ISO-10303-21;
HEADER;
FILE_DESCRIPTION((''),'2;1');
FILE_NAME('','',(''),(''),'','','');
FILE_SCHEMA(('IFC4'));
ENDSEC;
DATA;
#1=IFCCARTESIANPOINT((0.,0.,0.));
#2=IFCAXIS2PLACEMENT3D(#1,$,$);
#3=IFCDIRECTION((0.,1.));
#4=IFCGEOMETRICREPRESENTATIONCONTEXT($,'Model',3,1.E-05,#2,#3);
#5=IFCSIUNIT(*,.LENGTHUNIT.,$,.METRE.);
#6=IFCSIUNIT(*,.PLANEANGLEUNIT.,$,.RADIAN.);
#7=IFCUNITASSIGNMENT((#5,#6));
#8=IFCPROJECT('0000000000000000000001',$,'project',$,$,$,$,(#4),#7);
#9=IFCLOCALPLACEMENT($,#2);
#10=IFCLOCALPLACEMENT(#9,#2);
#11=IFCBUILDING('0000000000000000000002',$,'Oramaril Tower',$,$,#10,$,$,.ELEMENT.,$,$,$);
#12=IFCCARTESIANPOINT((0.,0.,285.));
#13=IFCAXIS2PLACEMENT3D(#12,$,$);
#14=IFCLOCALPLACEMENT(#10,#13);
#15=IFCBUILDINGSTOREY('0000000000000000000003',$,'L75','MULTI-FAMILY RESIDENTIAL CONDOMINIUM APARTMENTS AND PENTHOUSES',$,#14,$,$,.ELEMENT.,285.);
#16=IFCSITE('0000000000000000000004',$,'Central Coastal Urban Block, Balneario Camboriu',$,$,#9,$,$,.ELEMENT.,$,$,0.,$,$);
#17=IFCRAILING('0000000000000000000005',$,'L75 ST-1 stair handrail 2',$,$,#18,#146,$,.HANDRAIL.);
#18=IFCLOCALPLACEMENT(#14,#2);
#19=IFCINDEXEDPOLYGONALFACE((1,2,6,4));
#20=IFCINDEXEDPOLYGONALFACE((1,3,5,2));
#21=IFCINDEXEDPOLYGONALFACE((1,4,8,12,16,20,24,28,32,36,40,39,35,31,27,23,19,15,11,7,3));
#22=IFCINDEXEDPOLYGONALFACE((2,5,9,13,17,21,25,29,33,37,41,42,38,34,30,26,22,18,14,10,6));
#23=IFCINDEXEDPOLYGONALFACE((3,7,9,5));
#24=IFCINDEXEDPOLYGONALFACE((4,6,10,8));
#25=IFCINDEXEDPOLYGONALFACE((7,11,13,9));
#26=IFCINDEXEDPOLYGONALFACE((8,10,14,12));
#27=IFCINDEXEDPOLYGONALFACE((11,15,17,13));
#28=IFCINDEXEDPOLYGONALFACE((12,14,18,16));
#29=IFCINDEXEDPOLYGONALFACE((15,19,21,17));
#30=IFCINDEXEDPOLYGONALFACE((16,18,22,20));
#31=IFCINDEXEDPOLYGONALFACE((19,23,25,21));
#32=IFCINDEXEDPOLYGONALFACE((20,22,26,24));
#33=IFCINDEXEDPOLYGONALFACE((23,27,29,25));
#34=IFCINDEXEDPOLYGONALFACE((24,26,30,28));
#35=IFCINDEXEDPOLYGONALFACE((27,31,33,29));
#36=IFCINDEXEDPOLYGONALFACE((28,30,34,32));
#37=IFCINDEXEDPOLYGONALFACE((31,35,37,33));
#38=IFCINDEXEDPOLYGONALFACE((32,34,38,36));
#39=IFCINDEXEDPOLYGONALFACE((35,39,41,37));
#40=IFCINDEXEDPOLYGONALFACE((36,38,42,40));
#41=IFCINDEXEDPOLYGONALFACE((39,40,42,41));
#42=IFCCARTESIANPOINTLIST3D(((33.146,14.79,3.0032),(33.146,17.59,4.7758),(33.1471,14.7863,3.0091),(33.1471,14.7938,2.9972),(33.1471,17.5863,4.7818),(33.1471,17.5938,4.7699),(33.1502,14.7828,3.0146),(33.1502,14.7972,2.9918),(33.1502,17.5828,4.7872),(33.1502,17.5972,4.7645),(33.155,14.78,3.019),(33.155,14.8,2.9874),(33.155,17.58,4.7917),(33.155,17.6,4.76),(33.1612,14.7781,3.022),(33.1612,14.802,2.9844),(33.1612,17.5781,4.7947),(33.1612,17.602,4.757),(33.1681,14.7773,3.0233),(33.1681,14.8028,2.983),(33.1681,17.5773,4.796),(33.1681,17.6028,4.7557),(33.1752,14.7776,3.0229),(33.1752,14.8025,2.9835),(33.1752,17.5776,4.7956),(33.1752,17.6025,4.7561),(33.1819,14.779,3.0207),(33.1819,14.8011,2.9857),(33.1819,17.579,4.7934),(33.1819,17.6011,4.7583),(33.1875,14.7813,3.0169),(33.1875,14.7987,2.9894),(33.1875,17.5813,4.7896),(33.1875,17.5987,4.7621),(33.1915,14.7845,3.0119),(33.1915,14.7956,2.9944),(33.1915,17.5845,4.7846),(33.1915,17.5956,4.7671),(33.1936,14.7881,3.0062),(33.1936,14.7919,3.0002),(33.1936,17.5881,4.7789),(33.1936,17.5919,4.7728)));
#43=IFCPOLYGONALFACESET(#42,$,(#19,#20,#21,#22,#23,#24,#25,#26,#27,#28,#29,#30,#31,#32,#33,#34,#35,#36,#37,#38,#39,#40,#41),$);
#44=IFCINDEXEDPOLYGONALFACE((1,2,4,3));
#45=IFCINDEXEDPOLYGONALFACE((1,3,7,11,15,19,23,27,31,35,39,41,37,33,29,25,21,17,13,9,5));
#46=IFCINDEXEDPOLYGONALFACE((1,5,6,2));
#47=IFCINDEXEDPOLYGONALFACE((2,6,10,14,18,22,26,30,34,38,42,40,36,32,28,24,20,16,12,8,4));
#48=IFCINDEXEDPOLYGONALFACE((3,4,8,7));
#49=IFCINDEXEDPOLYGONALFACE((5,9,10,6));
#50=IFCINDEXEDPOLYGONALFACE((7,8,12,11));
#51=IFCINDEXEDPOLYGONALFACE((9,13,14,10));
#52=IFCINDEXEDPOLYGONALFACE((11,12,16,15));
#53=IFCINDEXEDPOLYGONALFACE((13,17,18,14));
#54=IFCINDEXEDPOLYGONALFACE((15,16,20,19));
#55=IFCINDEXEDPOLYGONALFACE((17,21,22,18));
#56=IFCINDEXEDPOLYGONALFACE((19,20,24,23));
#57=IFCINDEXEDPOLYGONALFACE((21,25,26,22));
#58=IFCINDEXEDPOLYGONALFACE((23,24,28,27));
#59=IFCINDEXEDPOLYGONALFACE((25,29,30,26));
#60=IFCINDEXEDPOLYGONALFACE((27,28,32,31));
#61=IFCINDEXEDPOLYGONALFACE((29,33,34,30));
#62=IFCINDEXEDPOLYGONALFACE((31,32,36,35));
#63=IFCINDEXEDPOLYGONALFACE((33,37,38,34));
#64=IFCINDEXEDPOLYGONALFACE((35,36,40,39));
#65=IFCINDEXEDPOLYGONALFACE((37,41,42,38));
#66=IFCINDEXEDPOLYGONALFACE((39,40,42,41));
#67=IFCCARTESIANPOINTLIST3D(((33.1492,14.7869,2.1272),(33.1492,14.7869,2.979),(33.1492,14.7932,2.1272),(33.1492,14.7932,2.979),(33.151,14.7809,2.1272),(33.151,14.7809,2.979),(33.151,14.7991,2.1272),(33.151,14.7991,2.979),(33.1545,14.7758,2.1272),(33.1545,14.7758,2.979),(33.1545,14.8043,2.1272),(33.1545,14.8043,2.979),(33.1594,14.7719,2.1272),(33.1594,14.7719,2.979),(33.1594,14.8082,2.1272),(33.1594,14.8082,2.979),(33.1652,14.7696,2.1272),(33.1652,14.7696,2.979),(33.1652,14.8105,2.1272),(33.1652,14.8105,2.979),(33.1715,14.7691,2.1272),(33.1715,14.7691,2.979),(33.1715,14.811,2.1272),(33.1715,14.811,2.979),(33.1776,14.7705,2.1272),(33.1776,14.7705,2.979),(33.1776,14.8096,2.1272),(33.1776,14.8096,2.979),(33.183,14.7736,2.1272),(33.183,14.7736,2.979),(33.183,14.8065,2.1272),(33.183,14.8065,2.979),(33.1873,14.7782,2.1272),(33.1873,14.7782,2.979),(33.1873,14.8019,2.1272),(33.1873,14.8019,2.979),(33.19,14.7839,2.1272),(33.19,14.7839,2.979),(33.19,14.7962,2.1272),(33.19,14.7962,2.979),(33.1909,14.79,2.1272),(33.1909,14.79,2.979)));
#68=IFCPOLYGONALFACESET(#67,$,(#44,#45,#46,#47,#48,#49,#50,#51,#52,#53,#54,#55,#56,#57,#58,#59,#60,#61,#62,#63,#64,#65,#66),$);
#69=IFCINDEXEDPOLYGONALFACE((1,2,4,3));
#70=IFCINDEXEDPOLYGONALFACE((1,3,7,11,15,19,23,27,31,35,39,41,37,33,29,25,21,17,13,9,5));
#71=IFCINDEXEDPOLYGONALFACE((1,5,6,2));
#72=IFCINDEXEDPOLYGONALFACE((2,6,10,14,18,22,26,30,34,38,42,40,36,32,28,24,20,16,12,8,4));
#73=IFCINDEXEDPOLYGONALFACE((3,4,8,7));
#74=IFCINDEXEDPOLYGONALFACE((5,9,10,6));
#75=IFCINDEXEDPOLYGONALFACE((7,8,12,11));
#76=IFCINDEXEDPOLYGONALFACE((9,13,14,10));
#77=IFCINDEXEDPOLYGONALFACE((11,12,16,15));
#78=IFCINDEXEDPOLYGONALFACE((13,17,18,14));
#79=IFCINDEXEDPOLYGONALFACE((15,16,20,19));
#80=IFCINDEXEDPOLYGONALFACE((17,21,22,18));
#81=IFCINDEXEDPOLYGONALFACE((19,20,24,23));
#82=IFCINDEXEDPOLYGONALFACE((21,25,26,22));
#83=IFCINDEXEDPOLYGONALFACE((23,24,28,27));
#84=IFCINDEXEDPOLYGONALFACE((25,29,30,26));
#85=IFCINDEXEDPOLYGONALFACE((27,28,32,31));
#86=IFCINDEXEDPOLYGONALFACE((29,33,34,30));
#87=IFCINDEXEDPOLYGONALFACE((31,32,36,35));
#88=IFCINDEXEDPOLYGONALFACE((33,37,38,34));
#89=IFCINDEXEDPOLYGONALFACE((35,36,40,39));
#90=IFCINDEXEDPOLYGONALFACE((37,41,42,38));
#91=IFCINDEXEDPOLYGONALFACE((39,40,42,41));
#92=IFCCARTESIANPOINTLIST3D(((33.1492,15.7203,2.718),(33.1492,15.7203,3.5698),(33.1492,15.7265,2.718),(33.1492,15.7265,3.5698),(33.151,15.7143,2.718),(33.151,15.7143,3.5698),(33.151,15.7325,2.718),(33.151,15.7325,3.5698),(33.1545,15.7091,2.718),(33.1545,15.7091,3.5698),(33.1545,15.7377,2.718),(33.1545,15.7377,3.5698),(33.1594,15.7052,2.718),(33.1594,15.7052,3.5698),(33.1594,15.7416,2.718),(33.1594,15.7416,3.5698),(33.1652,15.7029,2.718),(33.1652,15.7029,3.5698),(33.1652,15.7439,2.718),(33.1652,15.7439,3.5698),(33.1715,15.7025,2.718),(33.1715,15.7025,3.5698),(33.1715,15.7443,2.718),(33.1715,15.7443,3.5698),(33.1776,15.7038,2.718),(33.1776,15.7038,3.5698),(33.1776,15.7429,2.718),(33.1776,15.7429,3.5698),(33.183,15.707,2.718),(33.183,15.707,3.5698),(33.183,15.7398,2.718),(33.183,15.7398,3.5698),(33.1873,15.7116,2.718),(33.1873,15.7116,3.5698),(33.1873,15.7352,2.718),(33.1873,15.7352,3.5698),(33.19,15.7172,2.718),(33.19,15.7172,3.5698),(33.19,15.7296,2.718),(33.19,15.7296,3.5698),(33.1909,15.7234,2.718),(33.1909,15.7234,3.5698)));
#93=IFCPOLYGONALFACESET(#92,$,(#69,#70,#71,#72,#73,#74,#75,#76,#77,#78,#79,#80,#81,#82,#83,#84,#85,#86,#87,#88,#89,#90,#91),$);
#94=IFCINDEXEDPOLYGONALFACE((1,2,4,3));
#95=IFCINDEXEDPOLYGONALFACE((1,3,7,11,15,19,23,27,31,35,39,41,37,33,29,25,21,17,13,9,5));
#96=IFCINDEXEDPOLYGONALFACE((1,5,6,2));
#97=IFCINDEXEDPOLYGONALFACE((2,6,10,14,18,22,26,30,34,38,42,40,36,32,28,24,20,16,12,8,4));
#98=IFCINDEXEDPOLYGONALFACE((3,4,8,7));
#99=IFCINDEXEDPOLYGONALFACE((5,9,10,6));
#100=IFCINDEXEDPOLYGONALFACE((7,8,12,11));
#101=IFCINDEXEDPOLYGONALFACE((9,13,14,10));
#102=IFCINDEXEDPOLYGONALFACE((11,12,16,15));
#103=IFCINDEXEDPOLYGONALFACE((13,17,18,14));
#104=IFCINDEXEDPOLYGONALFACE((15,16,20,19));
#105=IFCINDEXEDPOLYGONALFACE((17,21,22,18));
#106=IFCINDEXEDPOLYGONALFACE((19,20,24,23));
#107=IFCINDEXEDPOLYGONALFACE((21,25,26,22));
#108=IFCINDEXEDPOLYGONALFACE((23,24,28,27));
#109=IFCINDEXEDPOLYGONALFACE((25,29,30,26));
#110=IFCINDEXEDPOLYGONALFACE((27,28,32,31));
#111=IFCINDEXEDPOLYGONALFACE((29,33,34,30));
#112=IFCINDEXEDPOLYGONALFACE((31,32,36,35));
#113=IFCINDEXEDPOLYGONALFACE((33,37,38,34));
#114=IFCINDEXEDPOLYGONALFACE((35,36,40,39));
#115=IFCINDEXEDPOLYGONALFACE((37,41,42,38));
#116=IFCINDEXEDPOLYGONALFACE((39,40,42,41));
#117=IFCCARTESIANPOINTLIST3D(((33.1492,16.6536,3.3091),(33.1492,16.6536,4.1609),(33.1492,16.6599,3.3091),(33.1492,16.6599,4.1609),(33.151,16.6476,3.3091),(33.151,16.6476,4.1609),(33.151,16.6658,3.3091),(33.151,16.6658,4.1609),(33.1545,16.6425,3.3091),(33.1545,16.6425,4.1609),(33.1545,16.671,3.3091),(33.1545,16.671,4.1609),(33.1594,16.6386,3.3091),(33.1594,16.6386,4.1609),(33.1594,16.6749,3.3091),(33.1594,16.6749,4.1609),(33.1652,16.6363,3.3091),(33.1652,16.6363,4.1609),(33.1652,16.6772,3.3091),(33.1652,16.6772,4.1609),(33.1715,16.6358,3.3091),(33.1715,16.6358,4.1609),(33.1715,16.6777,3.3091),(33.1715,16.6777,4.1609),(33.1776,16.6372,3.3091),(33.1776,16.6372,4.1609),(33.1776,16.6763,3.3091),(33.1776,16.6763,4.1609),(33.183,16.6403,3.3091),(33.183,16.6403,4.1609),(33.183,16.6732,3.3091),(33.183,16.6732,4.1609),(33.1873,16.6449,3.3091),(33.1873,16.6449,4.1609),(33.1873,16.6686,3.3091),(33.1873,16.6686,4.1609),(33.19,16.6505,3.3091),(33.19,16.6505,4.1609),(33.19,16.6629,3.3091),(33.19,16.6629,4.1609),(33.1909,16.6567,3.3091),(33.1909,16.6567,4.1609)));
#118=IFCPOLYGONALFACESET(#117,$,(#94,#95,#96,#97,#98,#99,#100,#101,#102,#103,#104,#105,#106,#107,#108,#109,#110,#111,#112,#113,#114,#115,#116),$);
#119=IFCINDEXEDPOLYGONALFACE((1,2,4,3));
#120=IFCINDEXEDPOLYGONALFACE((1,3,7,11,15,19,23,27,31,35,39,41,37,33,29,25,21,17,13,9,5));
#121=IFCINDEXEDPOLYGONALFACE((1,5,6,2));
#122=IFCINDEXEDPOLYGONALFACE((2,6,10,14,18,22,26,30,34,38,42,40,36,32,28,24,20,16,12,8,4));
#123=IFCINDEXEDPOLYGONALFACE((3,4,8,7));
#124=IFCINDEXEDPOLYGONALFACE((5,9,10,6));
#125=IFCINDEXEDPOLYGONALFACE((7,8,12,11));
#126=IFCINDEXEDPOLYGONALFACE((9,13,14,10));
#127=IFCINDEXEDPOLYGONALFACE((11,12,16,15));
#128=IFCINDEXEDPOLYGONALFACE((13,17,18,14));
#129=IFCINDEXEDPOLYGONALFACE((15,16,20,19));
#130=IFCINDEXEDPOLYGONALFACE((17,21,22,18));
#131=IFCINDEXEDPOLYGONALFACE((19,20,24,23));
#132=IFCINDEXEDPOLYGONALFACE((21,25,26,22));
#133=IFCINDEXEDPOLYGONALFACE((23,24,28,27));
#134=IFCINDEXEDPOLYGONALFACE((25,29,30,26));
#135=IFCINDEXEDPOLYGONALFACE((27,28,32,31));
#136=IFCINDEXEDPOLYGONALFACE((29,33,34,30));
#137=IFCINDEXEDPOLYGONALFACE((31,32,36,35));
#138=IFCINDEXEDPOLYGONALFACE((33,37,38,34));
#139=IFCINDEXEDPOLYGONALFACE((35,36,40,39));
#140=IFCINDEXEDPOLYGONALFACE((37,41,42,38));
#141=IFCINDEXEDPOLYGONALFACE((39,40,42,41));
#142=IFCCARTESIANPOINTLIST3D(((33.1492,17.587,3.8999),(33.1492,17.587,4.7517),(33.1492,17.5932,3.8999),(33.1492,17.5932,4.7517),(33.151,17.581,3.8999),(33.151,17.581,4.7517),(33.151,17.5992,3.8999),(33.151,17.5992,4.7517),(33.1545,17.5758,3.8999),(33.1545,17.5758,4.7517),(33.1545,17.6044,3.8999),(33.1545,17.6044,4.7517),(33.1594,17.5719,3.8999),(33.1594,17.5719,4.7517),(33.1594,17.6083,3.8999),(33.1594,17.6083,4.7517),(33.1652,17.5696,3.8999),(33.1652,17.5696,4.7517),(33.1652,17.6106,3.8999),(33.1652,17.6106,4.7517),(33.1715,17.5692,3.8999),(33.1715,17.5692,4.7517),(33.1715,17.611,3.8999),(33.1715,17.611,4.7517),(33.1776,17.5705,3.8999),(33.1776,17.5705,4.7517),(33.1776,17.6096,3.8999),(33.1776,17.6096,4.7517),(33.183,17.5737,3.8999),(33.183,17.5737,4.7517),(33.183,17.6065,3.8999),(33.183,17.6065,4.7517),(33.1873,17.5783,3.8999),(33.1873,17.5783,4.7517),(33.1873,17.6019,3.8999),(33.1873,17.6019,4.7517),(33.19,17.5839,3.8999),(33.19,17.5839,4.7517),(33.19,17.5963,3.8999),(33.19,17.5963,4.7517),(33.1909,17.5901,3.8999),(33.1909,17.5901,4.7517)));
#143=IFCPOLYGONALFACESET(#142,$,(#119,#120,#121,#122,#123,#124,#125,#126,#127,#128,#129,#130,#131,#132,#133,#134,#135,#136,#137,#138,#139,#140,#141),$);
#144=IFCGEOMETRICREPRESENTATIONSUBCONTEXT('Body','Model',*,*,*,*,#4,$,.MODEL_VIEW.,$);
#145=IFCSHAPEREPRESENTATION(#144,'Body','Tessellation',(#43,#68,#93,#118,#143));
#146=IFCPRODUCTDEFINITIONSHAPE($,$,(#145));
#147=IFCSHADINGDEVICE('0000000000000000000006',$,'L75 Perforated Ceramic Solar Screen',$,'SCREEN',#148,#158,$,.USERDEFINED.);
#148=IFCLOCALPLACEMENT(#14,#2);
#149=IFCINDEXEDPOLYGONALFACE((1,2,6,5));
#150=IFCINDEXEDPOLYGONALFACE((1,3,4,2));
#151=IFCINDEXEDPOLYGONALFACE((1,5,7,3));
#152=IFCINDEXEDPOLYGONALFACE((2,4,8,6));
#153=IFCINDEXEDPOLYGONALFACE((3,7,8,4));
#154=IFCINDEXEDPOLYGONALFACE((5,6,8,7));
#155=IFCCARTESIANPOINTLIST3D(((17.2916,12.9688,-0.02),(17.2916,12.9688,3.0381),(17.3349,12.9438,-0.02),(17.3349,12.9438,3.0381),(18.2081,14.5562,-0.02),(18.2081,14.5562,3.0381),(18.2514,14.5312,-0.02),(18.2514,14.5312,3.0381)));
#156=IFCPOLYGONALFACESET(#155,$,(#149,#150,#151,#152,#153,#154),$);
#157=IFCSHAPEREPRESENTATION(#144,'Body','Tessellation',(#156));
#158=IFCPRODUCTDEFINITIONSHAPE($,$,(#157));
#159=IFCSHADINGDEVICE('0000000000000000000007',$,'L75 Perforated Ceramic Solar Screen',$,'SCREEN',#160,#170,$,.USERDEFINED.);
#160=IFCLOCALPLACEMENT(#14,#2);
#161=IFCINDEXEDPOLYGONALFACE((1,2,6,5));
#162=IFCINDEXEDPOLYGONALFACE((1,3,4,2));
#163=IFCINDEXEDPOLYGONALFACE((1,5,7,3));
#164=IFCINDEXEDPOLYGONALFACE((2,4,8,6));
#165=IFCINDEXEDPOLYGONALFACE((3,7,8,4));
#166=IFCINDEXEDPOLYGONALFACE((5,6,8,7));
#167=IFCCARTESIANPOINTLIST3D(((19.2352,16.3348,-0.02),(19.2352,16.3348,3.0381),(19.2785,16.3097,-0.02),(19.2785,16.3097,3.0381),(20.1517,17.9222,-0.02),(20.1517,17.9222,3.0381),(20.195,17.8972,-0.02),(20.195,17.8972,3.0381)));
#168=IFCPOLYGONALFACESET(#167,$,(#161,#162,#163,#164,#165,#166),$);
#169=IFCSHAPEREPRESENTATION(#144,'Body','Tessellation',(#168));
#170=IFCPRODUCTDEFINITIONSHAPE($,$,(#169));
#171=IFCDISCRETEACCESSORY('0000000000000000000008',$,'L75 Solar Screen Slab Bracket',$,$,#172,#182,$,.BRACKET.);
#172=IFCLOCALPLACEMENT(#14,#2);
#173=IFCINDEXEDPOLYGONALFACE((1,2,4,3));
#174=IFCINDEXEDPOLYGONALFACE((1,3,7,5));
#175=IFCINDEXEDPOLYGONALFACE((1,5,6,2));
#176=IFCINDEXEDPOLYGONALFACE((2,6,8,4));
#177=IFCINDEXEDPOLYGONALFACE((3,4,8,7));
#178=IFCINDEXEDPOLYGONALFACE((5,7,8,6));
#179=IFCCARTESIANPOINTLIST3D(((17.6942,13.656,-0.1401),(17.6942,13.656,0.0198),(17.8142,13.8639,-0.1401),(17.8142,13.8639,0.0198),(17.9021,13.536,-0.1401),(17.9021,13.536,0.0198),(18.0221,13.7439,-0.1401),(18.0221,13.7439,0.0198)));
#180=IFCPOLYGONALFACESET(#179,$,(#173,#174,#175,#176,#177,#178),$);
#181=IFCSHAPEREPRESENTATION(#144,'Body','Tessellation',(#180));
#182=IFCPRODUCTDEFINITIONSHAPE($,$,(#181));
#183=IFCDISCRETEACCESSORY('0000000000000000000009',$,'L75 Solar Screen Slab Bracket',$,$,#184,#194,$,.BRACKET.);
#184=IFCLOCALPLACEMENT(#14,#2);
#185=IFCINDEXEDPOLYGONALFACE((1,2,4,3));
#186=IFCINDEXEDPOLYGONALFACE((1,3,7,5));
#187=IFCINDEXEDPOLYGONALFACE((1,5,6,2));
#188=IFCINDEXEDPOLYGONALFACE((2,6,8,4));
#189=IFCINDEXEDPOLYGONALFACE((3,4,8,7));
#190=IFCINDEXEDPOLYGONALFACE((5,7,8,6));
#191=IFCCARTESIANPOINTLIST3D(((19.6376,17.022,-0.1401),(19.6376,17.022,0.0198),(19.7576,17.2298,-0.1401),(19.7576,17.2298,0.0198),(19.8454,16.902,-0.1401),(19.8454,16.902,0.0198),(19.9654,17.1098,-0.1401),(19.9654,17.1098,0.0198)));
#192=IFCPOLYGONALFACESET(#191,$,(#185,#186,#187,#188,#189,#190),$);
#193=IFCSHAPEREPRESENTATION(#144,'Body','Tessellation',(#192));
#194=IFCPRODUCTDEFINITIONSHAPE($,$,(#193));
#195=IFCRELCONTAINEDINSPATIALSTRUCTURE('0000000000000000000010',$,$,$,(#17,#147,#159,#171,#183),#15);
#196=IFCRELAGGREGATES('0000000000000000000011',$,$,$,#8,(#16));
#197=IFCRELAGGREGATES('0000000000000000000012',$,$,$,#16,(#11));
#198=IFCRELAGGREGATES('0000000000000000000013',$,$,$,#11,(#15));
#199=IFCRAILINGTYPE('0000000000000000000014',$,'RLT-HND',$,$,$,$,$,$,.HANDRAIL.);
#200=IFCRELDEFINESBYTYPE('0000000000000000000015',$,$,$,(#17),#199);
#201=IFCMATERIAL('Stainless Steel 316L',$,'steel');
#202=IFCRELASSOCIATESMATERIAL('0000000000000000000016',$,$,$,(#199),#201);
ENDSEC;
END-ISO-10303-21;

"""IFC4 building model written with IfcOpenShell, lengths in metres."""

from ifc_helpers import new_model, si_unit, direction, frame, origin, origin_2d, place, context, subcontext, project, spatial, rectangle, circle, extrude, material, type_object, element, save


model = new_model("IFC4")

# Units and contexts
model_context = context("Model", 3, precision=1e-05, world=origin(), true_north=direction((0.0, 1.0)))
body_context = subcontext(model_context, "Body", "Model", "MODEL_VIEW")
ifc_project = project(units=[si_unit("LENGTHUNIT", "METRE"), si_unit("PLANEANGLEUNIT", "RADIAN")], contexts=[model_context])

# Site, building, storey
site_placement = place(None, origin())
site = spatial("IfcSite", under=ifc_project, at=site_placement, Name="Central Coastal Urban Block, Balneario Camboriu", CompositionType="ELEMENT", RefElevation=0.0)
building_placement = place(site_placement, origin())
building = spatial("IfcBuilding", under=site, at=building_placement, Name="Oramaril Tower", CompositionType="ELEMENT")
storey_placement = place(building_placement, frame((0.0, 0.0, 285.0)))
storey = spatial("IfcBuildingStorey", under=building, at=storey_placement, Name="L75", Description="MULTI-FAMILY RESIDENTIAL CONDOMINIUM APARTMENTS AND PENTHOUSES", CompositionType="ELEMENT", Elevation=285.0)

# Railing
ifc_material_1 = material(Name="Stainless Steel 316L", Category="steel")
railing_type_1 = type_object("IfcRailingType", Name="RLT-HND", PredefinedType="HANDRAIL", material=ifc_material_1)
railing_1_placement = place(storey_placement, frame((33.1699, 14.79, 2.1272)))
element("IfcRailing", 1, at=railing_1_placement, inside=storey, type_object=railing_type_1, Name="L75 ST-1 stair handrail 2", PredefinedType="HANDRAIL", context=body_context, shape_type="SweptSolid", body=[
    extrude(circle(Radius=0.0239, at=origin_2d()), frame((0.0, 0.0, 0.876), z_axis=(0.0, 0.844909, 0.53491), x_axis=(-1.0, 0.0, 0.0)), (0.0, 0.0, 1.0), 3.314),
    extrude(circle(Radius=0.021, at=origin_2d()), origin(), (0.0, 0.0, 1.0), 0.8518),
    extrude(circle(Radius=0.021, at=origin_2d()), frame((0.0, 0.9333, 0.5908)), (0.0, 0.0, 1.0), 0.8518),
    extrude(circle(Radius=0.021, at=origin_2d()), frame((0.0, 1.8667, 1.1819)), (0.0, 0.0, 1.0), 0.8518),
    extrude(circle(Radius=0.021, at=origin_2d()), frame((0.0, 2.8, 1.7727)), (0.0, 0.0, 1.0), 0.8518),
])

# Shading devices
for number, where, z_axis, x_axis, name in (
    (2, (17.7715, 13.75, -0.02), (0.0, 0.0, 1.0), (-0.5, -0.866025, 0.0), "L75 Perforated Ceramic Solar Screen"),
    (3, (19.7151, 17.116, -0.02), (0.0, 0.0, 1.0), (-0.5, -0.866025, 0.0), "L75 Perforated Ceramic Solar Screen"),
):
    element("IfcShadingDevice", number, at=place(storey_placement, frame(where, z_axis=z_axis, x_axis=x_axis)), inside=storey, Name=name, ObjectType="SCREEN", PredefinedType="USERDEFINED", context=body_context, shape_type="SweptSolid", body=[
        extrude(rectangle(XDim=1.833, YDim=0.05, at=origin_2d()), origin(), (0.0, 0.0, 1.0), 3.0581),
    ])

# Discrete accessories
for number, where, z_axis, x_axis, name in (
    (4, (17.8582, 13.7, -0.1401), (0.0, 0.0, 1.0), (-0.5, -0.866025, 0.0), "L75 Solar Screen Slab Bracket"),
    (5, (19.8015, 17.0659, -0.1401), (0.0, 0.0, 1.0), (-0.5, -0.866025, 0.0), "L75 Solar Screen Slab Bracket"),
):
    element("IfcDiscreteAccessory", number, at=place(storey_placement, frame(where, z_axis=z_axis, x_axis=x_axis)), inside=storey, Name=name, PredefinedType="BRACKET", context=body_context, shape_type="SweptSolid", body=[
        extrude(rectangle(XDim=0.24, YDim=0.24, at=origin_2d()), origin(), (0.0, 0.0, 1.0), 0.1599),
    ])

save(model, "model.ifc")
